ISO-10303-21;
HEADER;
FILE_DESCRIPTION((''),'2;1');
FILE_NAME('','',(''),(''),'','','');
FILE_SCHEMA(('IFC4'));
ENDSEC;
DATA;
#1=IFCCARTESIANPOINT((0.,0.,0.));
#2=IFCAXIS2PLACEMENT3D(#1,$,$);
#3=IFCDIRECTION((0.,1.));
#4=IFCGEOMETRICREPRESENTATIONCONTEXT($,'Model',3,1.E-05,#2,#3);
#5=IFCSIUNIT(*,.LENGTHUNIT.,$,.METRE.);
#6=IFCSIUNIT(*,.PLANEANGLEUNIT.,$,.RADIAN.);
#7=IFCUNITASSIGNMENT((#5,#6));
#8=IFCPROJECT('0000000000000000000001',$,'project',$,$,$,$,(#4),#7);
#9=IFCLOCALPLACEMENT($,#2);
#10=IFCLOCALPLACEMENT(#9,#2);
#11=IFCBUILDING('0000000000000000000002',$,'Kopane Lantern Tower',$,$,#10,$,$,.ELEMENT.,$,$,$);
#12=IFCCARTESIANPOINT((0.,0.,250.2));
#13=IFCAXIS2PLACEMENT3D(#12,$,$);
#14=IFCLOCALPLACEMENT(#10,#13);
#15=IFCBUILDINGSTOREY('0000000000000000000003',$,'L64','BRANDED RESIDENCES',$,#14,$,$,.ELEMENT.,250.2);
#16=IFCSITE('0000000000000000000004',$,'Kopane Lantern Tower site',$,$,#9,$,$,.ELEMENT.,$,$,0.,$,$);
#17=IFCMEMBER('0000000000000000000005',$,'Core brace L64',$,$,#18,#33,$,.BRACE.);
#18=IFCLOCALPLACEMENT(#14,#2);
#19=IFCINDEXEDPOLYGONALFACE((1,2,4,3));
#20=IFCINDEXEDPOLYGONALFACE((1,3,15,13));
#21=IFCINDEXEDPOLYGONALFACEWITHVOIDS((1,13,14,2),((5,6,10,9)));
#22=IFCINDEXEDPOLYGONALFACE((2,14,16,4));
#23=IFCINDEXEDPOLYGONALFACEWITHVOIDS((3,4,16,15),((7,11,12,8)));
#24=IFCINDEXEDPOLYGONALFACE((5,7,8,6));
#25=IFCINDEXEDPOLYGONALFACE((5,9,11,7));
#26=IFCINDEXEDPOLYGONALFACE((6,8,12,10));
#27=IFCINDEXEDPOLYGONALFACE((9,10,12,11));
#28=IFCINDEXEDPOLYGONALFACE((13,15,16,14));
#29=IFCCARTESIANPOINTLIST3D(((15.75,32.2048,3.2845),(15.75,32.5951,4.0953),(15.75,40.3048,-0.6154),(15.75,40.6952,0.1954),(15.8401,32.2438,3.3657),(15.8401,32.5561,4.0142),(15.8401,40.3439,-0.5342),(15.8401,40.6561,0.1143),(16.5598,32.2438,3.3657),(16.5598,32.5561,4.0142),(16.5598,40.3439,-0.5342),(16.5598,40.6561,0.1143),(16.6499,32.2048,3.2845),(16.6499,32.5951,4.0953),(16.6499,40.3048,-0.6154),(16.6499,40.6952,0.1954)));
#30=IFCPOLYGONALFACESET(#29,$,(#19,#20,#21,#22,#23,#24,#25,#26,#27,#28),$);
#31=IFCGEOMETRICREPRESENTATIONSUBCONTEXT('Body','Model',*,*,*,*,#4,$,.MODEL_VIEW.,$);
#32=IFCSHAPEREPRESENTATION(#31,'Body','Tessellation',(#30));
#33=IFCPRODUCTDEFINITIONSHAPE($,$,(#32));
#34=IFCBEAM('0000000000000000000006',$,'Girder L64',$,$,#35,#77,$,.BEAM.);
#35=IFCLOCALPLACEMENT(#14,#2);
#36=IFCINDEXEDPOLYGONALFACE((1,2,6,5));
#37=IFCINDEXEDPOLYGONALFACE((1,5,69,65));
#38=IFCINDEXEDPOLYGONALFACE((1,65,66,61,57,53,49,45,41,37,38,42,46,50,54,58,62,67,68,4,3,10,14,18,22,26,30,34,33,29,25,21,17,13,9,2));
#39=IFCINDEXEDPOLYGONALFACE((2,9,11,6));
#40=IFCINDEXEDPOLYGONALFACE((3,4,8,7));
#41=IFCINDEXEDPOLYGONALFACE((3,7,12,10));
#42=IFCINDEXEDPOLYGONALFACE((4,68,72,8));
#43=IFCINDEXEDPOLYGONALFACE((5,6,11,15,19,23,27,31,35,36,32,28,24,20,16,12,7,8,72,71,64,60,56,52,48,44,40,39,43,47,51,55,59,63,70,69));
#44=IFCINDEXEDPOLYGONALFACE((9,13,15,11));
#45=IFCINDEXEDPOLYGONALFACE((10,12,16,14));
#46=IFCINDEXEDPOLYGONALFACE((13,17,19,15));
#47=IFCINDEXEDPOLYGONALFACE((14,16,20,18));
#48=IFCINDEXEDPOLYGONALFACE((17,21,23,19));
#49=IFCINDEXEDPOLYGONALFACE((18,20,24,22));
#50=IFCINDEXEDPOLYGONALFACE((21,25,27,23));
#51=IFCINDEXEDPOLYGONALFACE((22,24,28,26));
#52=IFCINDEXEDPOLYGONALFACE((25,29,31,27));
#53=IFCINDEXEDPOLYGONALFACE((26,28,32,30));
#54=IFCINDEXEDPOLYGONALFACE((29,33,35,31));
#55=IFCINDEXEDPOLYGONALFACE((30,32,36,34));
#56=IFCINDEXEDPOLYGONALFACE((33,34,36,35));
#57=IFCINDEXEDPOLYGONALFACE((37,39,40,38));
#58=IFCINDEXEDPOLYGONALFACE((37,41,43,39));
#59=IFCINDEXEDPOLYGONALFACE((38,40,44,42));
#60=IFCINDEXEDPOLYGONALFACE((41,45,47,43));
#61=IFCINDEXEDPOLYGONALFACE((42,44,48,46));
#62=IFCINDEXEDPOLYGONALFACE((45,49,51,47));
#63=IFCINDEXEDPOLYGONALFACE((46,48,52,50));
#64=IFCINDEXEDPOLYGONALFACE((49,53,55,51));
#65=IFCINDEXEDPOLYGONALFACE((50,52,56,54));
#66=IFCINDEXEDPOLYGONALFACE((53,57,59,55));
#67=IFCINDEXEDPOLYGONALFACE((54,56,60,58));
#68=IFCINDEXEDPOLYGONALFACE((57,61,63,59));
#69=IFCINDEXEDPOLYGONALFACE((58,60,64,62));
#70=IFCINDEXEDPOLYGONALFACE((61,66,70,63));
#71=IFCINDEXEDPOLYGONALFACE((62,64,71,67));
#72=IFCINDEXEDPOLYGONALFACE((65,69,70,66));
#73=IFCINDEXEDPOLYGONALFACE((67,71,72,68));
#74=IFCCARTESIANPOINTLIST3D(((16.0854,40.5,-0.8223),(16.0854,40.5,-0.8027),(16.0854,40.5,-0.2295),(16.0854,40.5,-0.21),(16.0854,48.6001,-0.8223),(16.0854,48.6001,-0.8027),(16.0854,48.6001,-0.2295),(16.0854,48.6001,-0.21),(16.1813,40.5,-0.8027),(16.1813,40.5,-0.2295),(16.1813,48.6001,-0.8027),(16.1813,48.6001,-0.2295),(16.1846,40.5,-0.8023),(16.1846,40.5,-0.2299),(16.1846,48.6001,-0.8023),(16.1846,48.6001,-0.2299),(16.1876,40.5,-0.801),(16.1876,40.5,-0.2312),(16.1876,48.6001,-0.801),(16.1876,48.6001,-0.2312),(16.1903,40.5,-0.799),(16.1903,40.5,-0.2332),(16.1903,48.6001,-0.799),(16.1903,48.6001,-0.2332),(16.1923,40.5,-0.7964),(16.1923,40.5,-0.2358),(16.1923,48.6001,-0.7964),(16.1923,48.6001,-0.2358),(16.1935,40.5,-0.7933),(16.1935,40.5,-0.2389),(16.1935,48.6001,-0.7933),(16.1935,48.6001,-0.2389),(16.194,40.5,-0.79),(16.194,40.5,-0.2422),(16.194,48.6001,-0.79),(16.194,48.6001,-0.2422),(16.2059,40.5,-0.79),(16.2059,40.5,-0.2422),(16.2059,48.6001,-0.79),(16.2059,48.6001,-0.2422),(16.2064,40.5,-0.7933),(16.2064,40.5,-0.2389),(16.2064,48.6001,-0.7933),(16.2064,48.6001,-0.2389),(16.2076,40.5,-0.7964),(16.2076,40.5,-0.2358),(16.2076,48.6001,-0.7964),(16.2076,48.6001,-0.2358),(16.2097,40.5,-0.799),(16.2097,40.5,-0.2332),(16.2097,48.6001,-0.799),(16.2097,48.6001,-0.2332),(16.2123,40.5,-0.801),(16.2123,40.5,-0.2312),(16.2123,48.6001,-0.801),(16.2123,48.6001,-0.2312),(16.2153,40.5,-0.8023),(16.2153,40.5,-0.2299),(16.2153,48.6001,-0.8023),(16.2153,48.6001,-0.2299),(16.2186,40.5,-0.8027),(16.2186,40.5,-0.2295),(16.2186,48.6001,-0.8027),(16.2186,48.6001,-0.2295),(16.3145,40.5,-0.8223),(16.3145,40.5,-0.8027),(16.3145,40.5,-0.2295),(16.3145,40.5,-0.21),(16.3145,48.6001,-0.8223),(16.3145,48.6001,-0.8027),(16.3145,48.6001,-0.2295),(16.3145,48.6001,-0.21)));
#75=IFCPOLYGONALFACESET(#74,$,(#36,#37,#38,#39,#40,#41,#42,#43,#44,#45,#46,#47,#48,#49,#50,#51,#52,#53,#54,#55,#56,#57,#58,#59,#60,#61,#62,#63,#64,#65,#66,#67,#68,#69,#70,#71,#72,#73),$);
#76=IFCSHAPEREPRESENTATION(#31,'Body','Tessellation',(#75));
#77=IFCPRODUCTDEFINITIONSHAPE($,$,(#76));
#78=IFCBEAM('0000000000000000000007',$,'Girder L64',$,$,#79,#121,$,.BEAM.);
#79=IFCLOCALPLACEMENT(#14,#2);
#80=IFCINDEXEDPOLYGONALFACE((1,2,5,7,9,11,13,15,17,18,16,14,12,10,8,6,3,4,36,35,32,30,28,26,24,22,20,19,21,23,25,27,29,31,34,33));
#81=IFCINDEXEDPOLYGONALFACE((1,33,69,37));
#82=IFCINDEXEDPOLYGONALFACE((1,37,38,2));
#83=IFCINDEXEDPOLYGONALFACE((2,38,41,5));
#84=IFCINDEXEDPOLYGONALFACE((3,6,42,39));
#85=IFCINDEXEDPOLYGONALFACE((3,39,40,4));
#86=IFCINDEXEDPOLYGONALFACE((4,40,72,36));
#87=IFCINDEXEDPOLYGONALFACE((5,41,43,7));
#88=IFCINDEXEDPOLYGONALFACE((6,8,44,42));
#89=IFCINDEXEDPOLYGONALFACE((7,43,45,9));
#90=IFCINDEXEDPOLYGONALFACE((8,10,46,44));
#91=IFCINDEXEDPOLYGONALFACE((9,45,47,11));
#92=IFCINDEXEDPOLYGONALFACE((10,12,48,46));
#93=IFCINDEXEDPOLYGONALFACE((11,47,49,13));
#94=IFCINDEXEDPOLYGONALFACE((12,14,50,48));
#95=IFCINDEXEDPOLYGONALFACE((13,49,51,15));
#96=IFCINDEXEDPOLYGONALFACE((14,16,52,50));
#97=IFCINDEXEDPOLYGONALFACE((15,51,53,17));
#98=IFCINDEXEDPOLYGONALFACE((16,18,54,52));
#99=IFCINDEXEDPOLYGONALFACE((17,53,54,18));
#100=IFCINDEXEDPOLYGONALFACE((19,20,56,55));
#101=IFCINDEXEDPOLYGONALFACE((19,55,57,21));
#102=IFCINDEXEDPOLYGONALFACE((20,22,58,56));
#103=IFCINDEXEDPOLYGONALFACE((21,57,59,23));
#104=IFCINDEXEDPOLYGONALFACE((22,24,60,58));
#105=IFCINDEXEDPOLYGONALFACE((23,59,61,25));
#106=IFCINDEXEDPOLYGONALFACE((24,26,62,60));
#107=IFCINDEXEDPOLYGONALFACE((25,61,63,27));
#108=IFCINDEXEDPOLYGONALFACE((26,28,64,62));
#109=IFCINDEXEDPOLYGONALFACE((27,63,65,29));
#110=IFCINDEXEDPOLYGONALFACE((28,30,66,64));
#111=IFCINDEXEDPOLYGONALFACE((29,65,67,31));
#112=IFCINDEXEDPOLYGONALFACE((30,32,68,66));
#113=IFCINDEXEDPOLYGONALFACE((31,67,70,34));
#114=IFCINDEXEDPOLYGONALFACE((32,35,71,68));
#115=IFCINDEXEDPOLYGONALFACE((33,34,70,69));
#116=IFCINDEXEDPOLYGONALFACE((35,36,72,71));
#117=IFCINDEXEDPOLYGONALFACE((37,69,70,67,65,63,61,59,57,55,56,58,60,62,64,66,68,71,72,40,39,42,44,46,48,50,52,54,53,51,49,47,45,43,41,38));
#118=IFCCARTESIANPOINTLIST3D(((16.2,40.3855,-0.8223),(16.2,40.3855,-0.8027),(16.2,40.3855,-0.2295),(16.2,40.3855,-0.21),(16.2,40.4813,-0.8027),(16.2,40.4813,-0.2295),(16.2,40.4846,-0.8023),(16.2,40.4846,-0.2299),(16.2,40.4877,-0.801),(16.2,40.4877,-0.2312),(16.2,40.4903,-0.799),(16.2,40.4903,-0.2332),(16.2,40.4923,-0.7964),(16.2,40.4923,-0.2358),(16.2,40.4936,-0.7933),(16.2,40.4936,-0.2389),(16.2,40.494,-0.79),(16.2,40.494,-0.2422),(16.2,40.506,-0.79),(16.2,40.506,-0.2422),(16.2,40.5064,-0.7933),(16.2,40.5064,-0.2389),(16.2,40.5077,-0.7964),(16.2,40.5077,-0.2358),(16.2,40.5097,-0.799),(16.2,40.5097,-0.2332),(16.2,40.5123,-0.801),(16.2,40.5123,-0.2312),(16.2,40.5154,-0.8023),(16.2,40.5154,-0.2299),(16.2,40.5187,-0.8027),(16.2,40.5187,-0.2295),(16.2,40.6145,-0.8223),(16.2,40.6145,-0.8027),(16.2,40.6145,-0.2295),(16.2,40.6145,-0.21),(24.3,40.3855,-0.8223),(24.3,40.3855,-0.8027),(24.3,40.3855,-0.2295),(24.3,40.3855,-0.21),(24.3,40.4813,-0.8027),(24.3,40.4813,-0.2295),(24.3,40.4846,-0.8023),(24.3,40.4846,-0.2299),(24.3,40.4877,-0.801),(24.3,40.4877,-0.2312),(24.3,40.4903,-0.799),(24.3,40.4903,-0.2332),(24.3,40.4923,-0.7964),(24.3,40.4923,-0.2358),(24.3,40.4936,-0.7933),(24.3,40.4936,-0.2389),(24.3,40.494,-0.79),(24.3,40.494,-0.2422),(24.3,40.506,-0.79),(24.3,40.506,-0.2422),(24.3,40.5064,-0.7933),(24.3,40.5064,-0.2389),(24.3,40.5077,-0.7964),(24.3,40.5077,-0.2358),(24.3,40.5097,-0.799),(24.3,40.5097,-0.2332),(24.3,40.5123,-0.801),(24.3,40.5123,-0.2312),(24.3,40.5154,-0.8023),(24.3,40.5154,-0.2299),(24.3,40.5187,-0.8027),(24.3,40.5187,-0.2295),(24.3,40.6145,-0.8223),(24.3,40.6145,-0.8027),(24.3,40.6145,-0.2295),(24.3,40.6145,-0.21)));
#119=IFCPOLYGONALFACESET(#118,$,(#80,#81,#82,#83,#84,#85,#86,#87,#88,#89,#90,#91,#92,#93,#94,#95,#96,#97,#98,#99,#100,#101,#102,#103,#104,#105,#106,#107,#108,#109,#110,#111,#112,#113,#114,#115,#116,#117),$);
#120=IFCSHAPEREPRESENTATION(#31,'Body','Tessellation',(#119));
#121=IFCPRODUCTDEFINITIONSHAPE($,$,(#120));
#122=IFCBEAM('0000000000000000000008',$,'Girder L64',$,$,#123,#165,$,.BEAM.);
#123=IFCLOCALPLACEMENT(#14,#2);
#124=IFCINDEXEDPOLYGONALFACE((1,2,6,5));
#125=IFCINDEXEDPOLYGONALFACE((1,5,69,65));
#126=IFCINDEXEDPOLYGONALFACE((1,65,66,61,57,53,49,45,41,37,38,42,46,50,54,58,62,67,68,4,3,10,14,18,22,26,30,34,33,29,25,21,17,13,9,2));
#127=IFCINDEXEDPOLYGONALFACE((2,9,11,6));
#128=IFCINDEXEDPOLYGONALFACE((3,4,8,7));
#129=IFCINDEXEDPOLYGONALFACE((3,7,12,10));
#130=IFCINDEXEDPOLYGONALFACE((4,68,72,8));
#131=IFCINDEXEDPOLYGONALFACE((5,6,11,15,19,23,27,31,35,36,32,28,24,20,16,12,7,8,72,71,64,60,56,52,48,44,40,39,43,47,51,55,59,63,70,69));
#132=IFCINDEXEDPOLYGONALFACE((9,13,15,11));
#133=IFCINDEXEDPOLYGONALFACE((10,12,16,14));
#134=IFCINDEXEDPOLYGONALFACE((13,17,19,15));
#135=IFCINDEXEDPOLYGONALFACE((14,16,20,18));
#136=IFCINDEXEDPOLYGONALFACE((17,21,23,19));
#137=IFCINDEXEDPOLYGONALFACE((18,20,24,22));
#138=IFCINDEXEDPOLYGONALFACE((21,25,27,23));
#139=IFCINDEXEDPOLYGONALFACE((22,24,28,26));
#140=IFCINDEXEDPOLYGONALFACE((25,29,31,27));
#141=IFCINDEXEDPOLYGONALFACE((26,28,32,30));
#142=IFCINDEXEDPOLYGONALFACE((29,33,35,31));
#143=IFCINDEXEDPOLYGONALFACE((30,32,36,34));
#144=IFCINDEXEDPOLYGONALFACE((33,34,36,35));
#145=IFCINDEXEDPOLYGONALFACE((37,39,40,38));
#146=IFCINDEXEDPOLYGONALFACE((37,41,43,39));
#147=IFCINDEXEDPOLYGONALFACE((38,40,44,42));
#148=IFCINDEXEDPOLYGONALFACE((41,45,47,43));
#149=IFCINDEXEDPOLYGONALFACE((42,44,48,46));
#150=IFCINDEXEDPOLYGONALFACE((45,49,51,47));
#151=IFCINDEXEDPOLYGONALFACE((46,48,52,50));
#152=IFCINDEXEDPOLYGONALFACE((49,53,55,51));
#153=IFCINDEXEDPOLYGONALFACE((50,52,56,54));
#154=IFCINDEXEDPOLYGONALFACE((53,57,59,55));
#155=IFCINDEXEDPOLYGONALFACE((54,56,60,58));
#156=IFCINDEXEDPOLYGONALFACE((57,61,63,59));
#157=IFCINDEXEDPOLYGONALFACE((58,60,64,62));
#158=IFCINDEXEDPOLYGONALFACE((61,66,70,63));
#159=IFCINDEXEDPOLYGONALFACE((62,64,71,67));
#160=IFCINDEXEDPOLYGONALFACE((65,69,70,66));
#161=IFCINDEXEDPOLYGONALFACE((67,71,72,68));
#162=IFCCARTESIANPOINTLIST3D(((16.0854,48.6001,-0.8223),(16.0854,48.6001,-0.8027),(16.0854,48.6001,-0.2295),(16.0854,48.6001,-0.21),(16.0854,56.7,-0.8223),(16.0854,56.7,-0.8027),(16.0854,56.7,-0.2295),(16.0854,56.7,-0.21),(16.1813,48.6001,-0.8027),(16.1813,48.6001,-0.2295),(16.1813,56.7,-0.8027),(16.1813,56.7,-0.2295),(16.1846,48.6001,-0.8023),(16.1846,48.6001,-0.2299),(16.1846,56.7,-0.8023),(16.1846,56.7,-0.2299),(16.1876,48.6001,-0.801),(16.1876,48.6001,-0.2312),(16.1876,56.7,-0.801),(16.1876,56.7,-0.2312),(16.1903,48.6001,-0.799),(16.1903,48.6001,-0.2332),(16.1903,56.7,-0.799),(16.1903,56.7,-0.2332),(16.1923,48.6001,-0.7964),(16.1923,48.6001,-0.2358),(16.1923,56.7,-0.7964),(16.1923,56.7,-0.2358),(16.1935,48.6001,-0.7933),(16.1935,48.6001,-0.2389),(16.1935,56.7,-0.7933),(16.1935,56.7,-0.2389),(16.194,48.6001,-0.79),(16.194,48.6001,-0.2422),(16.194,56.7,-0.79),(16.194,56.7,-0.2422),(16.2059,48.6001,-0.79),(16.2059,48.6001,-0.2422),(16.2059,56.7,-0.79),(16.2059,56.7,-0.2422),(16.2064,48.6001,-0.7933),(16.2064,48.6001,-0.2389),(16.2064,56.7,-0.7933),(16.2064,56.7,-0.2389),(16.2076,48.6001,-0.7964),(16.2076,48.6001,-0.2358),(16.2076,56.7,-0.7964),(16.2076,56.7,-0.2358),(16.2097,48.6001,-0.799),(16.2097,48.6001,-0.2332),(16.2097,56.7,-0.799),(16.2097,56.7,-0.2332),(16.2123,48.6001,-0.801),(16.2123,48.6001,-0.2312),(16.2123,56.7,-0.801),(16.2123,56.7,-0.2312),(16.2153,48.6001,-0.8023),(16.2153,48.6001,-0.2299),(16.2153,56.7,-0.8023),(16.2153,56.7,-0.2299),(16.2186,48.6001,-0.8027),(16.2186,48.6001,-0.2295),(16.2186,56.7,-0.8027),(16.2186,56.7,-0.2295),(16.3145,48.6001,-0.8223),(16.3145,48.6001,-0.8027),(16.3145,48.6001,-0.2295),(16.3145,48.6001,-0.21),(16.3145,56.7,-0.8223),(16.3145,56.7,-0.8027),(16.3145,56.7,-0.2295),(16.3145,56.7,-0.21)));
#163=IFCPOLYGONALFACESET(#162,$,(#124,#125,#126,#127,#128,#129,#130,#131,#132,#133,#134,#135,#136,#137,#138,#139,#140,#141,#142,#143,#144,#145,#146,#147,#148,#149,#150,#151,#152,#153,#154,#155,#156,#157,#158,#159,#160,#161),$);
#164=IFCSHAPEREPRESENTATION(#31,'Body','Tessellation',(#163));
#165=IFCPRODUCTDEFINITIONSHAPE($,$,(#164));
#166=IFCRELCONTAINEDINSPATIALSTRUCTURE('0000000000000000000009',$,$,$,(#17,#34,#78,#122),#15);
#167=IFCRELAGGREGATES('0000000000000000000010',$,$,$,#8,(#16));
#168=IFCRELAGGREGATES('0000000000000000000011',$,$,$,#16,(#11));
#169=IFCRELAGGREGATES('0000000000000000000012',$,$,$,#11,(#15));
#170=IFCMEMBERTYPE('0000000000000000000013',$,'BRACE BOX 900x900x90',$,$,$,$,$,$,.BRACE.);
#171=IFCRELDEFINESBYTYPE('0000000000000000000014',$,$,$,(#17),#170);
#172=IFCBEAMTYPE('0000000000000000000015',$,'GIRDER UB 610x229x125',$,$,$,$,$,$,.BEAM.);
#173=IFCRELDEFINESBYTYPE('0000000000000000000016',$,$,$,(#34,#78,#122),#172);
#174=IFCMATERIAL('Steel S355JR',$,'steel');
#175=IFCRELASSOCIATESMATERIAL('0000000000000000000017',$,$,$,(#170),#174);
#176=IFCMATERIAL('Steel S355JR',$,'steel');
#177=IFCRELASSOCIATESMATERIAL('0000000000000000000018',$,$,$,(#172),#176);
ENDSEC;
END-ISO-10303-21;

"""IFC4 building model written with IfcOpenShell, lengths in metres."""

from ifc_helpers import new_model, si_unit, direction, frame, origin, origin_2d, place, context, subcontext, project, spatial, hollow_rectangle, i_section, extrude, material, material_profile, profile_set, type_object, element, save


model = new_model("IFC4")

# Units and contexts
model_context = context("Model", 3, precision=1e-05, world=origin(), true_north=direction((0.0, 1.0)))
body_context = subcontext(model_context, "Body", "Model", "MODEL_VIEW")
ifc_project = project(units=[si_unit("LENGTHUNIT", "METRE"), si_unit("PLANEANGLEUNIT", "RADIAN")], contexts=[model_context])

# Site, building, storey
site_placement = place(None, origin())
site = spatial("IfcSite", under=ifc_project, at=site_placement, Name="Kopane Lantern Tower site", CompositionType="ELEMENT", RefElevation=0.0)
building_placement = place(site_placement, origin())
building = spatial("IfcBuilding", under=site, at=building_placement, Name="Kopane Lantern Tower", CompositionType="ELEMENT")
storey_placement = place(building_placement, frame((0.0, 0.0, 250.2)))
storey = spatial("IfcBuildingStorey", under=building, at=storey_placement, Name="L64", Description="BRANDED RESIDENCES", CompositionType="ELEMENT", Elevation=250.2)

# Member
ifc_material_1 = material(Name="Steel S355JR", Category="steel")
ifc_material_profile_1 = material_profile(ifc_material_1, hollow_rectangle(XDim=0.8999, YDim=0.8999, WallThickness=0.0901, at=origin_2d()), Name="BOX 900x900x90")
ifc_profile_set_1 = profile_set([ifc_material_profile_1], Name="Steel S355JR")
member_type_1 = type_object("IfcMemberType", Name="BRACE BOX 900x900x90", PredefinedType="BRACE", material=ifc_profile_set_1)
member_1_placement = place(storey_placement, frame((16.2, 40.5, -0.21), z_axis=(0.0, -0.901008, 0.433803), x_axis=(1.0, 0.0, 0.0)))
element("IfcMember", 1, at=member_1_placement, inside=storey, type_object=member_type_1, Name="Core brace L64", PredefinedType="BRACE", context=body_context, shape_type="SweptSolid", body=[
    extrude(hollow_rectangle(XDim=0.8999, YDim=0.8999, WallThickness=0.0901, at=origin_2d()), origin(), (0.0, 0.0, 1.0), 8.99),
])

# Beams
ifc_material_2 = material(Name="Steel S355JR", Category="steel")
ifc_material_profile_2 = material_profile(ifc_material_2, i_section(OverallWidth=0.229, OverallDepth=0.6123, WebThickness=0.012, FlangeThickness=0.0195, FilletRadius=0.0127, at=origin_2d()), Name="UB 610x229x125")
ifc_profile_set_2 = profile_set([ifc_material_profile_2], Name="Steel S355JR")
beam_type_1 = type_object("IfcBeamType", Name="GIRDER UB 610x229x125", PredefinedType="BEAM", material=ifc_profile_set_2)
for number, where, z_axis, x_axis, name in (
    (2, (16.2, 40.5, -0.5161), (0.0, 1.0, 0.0), (-1.0, 0.0, 0.0), "Girder L64"),
    (3, (16.2, 40.5, -0.5161), (1.0, 0.0, 0.0), (0.0, 1.0, 0.0), "Girder L64"),
):
    element("IfcBeam", number, at=place(storey_placement, frame(where, z_axis=z_axis, x_axis=x_axis)), inside=storey, type_object=beam_type_1, Name=name, PredefinedType="BEAM", context=body_context, shape_type="SweptSolid", body=[
        extrude(i_section(OverallWidth=0.229, OverallDepth=0.6123, WebThickness=0.012, FlangeThickness=0.0195, FilletRadius=0.0127, at=origin_2d()), origin(), (0.0, 0.0, 1.0), 8.1001),
    ])
beam_1_placement = place(storey_placement, frame((16.2, 48.6001, -0.5161), z_axis=(0.0, 1.0, 0.0), x_axis=(-1.0, 0.0, 0.0)))
element("IfcBeam", 4, at=beam_1_placement, inside=storey, type_object=beam_type_1, Name="Girder L64", PredefinedType="BEAM", context=body_context, shape_type="SweptSolid", body=[
    extrude(i_section(OverallWidth=0.229, OverallDepth=0.6123, WebThickness=0.012, FlangeThickness=0.0195, FilletRadius=0.0127, at=origin_2d()), origin(), (0.0, 0.0, 1.0), 8.0999),
])

save(model, "model.ifc")
